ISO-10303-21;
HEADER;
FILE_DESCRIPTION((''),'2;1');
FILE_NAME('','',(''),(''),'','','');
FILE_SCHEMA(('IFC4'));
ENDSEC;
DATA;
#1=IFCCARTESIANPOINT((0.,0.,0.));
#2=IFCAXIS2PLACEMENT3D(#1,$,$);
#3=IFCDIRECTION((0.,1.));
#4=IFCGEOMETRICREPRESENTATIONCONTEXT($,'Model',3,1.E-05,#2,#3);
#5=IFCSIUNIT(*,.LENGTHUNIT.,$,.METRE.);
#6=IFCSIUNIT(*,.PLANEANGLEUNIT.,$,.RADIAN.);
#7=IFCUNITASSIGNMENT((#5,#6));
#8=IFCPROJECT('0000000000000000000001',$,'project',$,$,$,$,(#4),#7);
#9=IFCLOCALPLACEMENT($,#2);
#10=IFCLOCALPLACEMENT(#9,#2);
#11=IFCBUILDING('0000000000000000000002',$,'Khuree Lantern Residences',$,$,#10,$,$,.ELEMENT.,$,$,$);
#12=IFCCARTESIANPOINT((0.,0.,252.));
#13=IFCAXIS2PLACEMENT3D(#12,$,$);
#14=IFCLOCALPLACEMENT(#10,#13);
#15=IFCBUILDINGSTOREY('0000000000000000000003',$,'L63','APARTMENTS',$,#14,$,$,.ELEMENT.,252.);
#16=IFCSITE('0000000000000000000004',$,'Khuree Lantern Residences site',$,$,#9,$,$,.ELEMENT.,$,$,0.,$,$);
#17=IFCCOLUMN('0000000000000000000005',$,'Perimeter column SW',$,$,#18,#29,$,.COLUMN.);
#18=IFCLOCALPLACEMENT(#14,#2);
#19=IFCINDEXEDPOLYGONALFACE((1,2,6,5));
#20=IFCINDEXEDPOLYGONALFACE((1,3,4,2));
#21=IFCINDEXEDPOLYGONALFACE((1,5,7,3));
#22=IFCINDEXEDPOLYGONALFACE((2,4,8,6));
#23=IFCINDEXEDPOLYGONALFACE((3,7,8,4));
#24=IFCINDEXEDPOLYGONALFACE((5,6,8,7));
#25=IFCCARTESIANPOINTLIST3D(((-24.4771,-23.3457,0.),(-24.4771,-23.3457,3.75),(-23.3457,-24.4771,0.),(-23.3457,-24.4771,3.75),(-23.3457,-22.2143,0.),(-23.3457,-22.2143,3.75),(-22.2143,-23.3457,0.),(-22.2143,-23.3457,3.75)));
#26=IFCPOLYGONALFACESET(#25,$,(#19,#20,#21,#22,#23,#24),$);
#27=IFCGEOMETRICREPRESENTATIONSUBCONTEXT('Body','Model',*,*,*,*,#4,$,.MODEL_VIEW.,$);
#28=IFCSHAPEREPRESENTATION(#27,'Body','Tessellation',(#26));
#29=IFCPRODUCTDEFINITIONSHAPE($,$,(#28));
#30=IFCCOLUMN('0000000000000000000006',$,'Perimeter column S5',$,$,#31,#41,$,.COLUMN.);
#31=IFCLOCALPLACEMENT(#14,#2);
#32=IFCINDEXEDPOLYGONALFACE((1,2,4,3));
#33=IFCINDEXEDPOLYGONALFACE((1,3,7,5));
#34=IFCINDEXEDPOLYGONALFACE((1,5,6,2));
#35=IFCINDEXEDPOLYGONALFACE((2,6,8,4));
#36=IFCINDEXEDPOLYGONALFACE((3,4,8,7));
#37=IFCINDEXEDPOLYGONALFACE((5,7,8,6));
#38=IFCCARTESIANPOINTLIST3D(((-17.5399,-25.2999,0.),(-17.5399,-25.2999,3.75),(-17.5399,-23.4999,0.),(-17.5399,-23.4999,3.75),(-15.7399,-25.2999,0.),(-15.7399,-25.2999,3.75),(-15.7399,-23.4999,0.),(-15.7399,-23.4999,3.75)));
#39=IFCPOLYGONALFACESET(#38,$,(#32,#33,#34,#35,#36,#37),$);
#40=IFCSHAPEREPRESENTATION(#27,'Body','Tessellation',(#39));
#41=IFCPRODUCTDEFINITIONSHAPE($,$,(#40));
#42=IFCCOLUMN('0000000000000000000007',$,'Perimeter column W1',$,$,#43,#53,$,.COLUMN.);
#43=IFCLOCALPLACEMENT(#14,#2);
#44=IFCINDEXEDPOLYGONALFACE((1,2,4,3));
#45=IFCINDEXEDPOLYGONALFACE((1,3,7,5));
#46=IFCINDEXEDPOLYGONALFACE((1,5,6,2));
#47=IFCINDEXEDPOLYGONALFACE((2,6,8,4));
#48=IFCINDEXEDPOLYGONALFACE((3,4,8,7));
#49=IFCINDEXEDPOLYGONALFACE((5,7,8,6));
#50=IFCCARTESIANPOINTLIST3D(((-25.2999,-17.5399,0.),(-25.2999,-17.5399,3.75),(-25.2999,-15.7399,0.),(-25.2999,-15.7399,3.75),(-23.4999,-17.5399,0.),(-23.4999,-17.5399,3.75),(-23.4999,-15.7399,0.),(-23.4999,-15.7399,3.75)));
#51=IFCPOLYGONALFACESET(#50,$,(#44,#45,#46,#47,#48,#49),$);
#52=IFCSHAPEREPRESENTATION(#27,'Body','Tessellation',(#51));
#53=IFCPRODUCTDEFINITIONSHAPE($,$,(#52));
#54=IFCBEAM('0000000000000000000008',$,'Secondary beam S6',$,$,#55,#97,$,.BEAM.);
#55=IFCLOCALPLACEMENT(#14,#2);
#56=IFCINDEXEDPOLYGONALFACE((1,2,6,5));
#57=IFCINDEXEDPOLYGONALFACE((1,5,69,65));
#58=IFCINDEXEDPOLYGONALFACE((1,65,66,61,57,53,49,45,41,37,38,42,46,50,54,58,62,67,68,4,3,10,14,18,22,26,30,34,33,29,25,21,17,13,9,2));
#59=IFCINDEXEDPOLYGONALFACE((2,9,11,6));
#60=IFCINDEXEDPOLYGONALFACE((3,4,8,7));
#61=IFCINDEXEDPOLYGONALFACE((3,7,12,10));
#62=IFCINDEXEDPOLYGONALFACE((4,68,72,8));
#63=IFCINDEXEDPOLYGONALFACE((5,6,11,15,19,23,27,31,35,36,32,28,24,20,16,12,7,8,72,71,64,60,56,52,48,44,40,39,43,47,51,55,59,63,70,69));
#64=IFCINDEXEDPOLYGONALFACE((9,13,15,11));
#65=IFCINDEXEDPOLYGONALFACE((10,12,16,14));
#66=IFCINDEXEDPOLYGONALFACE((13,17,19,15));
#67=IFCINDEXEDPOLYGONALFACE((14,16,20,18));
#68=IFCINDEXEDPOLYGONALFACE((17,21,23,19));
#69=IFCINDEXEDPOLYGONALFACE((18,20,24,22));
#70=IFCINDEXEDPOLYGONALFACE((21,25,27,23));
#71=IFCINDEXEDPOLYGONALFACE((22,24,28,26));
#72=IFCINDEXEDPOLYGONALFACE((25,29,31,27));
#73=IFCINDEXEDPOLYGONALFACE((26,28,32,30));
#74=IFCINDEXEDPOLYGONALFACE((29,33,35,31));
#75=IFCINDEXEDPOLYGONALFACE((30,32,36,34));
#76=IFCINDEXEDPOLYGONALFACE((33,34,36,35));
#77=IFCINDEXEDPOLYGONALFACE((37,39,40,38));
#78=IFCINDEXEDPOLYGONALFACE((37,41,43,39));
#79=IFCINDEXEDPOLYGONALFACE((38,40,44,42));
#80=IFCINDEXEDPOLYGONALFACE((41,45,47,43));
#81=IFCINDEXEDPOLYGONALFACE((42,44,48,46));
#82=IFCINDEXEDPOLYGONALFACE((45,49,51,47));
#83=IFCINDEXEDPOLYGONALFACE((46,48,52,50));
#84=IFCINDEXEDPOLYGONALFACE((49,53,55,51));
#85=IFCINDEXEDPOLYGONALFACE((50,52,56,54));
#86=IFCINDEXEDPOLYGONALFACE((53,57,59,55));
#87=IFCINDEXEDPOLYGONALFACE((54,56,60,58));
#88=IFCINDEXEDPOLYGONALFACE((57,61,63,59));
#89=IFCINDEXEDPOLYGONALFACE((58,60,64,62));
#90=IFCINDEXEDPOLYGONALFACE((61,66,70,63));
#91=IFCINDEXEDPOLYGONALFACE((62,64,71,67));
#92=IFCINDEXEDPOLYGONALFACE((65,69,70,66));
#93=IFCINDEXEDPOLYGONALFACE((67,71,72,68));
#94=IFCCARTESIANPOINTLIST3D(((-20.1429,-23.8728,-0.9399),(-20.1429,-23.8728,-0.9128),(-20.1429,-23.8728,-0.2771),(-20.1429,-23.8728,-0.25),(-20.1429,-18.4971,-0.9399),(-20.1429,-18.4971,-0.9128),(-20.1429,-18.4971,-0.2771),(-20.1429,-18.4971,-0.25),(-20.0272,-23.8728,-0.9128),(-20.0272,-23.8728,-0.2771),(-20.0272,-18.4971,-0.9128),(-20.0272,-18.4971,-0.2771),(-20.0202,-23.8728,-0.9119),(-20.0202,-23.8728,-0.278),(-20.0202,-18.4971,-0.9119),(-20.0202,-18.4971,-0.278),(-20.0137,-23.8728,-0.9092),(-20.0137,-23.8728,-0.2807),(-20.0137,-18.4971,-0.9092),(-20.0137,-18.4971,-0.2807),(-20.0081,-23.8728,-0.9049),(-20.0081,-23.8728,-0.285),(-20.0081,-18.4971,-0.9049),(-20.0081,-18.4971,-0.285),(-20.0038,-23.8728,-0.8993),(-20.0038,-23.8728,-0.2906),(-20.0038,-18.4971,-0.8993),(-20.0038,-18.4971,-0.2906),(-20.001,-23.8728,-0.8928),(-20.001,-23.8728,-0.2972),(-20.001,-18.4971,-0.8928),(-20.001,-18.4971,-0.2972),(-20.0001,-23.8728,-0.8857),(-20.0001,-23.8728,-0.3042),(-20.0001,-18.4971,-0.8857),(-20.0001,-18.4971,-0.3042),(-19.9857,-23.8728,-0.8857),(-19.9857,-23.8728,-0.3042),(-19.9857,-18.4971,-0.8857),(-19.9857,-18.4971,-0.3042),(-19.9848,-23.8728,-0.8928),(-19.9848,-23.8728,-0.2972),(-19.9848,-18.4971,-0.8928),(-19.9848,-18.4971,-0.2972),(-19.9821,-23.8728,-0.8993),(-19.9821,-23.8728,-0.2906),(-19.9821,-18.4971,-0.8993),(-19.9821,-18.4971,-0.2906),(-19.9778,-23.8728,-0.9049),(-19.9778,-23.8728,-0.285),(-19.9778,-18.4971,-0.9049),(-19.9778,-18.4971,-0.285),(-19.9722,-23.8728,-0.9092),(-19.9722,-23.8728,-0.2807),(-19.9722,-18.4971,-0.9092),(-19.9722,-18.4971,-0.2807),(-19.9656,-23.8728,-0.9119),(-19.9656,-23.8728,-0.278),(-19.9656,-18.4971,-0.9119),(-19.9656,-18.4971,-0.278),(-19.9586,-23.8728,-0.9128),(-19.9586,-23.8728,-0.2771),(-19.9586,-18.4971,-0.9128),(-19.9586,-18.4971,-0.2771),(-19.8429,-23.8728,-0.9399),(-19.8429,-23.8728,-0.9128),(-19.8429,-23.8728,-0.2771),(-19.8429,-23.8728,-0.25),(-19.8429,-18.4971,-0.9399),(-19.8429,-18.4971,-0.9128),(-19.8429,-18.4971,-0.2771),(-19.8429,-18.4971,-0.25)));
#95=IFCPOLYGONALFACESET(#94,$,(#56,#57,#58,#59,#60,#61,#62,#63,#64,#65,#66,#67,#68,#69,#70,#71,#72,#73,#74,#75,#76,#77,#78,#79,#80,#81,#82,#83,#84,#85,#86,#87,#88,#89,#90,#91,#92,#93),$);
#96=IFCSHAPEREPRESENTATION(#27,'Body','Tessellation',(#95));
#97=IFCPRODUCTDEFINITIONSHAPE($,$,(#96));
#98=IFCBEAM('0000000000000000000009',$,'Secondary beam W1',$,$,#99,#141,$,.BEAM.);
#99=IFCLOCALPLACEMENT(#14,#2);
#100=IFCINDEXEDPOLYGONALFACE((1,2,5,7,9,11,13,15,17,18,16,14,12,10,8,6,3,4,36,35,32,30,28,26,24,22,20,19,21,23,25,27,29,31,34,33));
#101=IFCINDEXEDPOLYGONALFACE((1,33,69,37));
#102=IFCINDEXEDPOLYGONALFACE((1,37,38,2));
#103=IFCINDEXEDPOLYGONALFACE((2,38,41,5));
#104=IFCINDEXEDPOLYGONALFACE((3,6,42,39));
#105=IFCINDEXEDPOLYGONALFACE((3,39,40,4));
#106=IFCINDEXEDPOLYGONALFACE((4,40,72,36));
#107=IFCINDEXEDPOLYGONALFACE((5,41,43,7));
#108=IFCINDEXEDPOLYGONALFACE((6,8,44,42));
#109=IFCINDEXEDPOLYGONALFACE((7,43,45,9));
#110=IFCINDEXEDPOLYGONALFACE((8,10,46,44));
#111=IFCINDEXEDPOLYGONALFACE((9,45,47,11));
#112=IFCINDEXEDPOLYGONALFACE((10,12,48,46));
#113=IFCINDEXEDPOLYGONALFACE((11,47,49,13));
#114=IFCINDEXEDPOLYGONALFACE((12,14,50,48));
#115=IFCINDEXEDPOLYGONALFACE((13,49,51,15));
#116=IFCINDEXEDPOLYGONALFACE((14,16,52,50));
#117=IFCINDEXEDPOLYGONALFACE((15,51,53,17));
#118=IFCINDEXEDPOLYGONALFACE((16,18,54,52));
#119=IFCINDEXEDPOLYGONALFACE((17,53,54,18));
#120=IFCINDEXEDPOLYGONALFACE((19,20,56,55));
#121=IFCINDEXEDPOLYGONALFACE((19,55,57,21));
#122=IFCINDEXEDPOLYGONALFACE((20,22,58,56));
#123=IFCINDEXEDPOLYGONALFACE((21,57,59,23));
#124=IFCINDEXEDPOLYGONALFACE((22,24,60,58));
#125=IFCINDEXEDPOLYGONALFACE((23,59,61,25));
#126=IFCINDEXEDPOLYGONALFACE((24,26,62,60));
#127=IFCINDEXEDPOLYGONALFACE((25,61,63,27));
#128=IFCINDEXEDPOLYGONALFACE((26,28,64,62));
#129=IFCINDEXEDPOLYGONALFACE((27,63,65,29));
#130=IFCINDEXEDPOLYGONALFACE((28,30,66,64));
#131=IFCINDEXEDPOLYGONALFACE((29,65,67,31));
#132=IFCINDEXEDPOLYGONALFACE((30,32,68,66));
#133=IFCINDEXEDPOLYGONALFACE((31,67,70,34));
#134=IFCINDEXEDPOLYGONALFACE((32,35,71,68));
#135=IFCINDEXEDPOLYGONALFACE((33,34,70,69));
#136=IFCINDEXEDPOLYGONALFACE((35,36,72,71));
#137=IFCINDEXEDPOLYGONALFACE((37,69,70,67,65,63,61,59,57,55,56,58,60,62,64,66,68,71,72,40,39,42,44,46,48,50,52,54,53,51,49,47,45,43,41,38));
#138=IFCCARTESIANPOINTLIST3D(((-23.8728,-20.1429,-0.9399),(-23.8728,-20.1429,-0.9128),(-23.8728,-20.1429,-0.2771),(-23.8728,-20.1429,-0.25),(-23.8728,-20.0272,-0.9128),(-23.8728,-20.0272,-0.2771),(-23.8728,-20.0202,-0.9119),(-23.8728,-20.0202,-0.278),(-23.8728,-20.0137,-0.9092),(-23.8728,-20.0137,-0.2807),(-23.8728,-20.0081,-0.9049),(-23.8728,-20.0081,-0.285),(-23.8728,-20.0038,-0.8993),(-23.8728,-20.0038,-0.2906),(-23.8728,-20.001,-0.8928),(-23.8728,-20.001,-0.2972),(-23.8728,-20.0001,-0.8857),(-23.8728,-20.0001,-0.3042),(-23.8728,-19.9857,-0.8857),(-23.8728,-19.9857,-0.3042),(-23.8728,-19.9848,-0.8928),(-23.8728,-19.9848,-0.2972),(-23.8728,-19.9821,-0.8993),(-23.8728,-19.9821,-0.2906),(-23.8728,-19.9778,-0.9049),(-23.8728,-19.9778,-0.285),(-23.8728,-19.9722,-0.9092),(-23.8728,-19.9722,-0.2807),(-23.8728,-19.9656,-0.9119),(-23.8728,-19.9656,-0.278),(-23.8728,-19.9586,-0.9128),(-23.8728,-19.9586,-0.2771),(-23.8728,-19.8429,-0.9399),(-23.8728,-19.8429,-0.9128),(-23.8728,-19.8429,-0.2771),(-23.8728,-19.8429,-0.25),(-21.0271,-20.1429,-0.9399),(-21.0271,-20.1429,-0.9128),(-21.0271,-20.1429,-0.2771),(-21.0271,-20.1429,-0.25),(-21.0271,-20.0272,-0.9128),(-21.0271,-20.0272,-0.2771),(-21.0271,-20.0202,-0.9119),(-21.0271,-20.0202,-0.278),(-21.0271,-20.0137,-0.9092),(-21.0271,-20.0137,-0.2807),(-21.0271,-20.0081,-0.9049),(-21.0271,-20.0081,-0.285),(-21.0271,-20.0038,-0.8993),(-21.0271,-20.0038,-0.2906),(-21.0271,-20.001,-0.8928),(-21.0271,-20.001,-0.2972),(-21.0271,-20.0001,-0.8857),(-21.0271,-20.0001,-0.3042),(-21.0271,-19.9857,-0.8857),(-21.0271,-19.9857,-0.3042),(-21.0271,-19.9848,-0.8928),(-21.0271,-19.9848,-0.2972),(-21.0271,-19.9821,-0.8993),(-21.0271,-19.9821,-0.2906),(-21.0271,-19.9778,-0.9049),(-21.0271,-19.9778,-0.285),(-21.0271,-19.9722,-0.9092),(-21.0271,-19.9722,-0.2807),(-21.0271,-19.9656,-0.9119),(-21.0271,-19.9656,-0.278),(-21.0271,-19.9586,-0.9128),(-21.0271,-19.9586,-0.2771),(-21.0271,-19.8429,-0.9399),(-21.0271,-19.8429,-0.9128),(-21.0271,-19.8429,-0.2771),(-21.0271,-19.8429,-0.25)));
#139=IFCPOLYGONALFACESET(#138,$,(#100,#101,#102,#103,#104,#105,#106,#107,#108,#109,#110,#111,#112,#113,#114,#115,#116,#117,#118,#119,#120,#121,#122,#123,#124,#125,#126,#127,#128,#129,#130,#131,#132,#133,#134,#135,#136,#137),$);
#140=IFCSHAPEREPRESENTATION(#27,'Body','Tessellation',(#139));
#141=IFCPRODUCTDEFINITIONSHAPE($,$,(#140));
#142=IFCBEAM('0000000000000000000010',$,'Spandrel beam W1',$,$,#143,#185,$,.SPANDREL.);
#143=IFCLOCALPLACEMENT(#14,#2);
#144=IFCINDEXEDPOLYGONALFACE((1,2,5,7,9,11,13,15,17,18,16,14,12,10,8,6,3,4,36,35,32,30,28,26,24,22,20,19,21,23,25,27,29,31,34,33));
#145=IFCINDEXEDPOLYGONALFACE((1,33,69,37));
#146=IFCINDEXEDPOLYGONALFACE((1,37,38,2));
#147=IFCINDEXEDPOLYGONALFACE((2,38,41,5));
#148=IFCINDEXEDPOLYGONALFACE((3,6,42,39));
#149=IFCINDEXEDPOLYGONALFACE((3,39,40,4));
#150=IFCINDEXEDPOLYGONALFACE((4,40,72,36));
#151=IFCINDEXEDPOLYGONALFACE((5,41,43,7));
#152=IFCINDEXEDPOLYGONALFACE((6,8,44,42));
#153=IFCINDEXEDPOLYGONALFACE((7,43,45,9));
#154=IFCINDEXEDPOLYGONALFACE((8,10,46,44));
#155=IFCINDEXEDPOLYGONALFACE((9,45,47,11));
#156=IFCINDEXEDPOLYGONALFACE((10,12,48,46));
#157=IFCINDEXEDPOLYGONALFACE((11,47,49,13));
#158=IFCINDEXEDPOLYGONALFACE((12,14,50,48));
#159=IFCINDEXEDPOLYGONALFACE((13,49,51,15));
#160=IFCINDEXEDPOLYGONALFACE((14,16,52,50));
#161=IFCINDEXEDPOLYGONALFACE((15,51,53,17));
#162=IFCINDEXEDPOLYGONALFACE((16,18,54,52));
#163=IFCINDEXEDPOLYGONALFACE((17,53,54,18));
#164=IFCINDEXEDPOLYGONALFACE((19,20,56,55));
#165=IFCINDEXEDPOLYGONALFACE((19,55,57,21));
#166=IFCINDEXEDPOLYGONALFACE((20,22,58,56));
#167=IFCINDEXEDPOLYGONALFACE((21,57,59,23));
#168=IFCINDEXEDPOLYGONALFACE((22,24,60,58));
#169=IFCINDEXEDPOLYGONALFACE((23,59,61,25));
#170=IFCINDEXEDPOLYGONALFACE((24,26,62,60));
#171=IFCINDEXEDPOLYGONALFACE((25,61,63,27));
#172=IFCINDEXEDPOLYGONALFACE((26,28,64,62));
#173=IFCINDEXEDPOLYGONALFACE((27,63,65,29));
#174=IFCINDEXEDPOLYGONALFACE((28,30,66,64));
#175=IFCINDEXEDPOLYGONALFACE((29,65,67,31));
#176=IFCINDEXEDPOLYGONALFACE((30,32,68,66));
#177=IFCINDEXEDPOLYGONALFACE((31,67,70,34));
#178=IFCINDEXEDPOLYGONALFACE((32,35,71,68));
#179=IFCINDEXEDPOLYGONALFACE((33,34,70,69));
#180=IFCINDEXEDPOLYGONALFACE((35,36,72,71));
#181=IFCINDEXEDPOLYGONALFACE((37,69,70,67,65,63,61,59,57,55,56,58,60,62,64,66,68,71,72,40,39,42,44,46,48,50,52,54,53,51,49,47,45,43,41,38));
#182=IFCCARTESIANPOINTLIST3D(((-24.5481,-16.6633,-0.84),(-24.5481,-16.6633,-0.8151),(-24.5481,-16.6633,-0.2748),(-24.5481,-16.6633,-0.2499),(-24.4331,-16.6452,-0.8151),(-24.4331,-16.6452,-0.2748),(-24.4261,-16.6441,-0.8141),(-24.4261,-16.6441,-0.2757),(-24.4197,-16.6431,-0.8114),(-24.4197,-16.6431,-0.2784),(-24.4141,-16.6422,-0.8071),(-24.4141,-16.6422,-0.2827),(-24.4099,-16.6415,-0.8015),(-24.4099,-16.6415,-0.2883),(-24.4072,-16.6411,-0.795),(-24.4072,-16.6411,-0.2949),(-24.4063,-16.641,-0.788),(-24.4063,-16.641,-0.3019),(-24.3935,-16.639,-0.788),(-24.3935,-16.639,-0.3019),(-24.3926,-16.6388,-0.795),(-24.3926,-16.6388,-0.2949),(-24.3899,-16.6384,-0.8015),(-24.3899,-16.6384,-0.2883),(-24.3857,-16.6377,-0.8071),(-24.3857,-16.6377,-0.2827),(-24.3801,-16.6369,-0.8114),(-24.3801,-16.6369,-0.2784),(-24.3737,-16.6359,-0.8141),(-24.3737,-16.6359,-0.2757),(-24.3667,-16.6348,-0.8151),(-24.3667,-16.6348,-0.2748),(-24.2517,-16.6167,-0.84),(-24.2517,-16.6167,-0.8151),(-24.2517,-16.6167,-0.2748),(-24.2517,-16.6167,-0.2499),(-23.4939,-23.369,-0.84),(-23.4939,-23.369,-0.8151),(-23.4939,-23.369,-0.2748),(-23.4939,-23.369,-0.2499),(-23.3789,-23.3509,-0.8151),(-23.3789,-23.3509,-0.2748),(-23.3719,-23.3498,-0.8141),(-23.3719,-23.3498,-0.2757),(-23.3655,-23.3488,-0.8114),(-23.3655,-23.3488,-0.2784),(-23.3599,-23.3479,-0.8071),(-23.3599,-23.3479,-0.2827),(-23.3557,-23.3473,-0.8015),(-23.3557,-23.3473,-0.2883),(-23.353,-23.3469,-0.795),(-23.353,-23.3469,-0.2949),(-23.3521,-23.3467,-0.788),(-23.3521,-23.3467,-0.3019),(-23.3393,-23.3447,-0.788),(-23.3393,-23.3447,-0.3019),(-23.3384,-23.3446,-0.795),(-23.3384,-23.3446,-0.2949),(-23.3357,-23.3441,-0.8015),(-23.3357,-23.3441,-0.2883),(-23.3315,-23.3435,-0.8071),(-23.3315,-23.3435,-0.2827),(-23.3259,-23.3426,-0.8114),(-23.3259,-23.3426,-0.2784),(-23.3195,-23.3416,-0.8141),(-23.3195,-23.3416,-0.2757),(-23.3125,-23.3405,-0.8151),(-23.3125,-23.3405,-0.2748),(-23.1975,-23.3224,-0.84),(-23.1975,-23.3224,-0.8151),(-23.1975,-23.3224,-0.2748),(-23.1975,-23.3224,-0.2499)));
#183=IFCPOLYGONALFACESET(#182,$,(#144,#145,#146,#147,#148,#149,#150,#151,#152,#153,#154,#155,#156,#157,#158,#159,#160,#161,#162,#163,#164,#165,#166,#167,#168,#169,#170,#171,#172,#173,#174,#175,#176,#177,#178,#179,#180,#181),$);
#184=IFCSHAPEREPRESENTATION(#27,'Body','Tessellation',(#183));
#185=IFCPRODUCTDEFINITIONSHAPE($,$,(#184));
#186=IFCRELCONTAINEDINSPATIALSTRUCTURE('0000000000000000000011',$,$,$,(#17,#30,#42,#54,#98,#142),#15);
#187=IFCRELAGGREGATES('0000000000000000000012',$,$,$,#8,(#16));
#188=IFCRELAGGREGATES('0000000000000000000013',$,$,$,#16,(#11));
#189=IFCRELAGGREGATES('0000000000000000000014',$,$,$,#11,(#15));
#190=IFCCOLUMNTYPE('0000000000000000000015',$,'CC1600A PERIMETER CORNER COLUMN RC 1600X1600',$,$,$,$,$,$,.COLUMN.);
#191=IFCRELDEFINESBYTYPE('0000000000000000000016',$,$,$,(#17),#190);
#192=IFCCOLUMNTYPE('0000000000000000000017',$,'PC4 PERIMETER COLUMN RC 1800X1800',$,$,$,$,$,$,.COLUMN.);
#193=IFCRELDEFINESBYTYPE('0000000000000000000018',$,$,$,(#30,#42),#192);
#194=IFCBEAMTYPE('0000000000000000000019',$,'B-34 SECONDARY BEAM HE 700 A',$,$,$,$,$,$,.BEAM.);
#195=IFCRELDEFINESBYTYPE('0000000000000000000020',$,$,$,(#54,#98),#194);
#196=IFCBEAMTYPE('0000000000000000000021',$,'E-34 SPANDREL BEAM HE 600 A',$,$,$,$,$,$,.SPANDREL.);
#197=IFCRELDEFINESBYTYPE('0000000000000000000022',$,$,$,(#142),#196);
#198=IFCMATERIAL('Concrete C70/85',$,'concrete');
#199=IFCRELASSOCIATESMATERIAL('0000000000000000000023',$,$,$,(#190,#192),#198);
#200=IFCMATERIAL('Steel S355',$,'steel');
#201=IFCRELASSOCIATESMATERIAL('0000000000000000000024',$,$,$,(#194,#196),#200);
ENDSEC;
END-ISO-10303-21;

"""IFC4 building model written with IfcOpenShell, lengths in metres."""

from ifc_helpers import new_model, si_unit, direction, frame, origin, origin_2d, place, context, subcontext, project, spatial, rectangle, i_section, extrude, material, material_profile, profile_set, type_object, element, save


model = new_model("IFC4")

# Units and contexts
model_context = context("Model", 3, precision=1e-05, world=origin(), true_north=direction((0.0, 1.0)))
body_context = subcontext(model_context, "Body", "Model", "MODEL_VIEW")
ifc_project = project(units=[si_unit("LENGTHUNIT", "METRE"), si_unit("PLANEANGLEUNIT", "RADIAN")], contexts=[model_context])

# Site, building, storey
site_placement = place(None, origin())
site = spatial("IfcSite", under=ifc_project, at=site_placement, Name="Khuree Lantern Residences site", CompositionType="ELEMENT", RefElevation=0.0)
building_placement = place(site_placement, origin())
building = spatial("IfcBuilding", under=site, at=building_placement, Name="Khuree Lantern Residences", CompositionType="ELEMENT")
storey_placement = place(building_placement, frame((0.0, 0.0, 252.0)))
storey = spatial("IfcBuildingStorey", under=building, at=storey_placement, Name="L63", Description="APARTMENTS", CompositionType="ELEMENT", Elevation=252.0)

# Columns
ifc_material_1 = material(Name="Concrete C70/85", Category="concrete")
ifc_material_profile_1 = material_profile(ifc_material_1, rectangle(XDim=1.6001, YDim=1.6001, at=origin_2d()), Name="RC 1600X1600")
ifc_profile_set_1 = profile_set([ifc_material_profile_1], Name="Concrete C70/85")
column_type_1 = type_object("IfcColumnType", Name="CC1600A PERIMETER CORNER COLUMN RC 1600X1600", PredefinedType="COLUMN", material=ifc_profile_set_1)
column_placement = place(storey_placement, frame((-23.3457, -23.3457, 0.0), z_axis=(0.0, 0.0, 1.0), x_axis=(0.707107, -0.707107, 0.0)))
element("IfcColumn", 1, at=column_placement, inside=storey, type_object=column_type_1, Name="Perimeter column SW", PredefinedType="COLUMN", context=body_context, shape_type="SweptSolid", body=[
    extrude(rectangle(XDim=1.6001, YDim=1.6001, at=origin_2d()), origin(), (0.0, 0.0, 1.0), 3.75),
])
ifc_material_profile_2 = material_profile(ifc_material_1, rectangle(XDim=1.8, YDim=1.8, at=origin_2d()), Name="RC 1800X1800")
ifc_profile_set_2 = profile_set([ifc_material_profile_2], Name="Concrete C70/85")
column_type_2 = type_object("IfcColumnType", Name="PC4 PERIMETER COLUMN RC 1800X1800", PredefinedType="COLUMN", material=ifc_profile_set_2)
for number, where, z_axis, x_axis, name in (
    (2, (-16.6399, -24.3999, 0.0), (0.0, 0.0, 1.0), (1.0, 0.0, 0.0), "Perimeter column S5"),
    (3, (-24.3999, -16.6399, 0.0), (0.0, 0.0, 1.0), (0.0, 1.0, 0.0), "Perimeter column W1"),
):
    element("IfcColumn", number, at=place(storey_placement, frame(where, z_axis=z_axis, x_axis=x_axis)), inside=storey, type_object=column_type_2, Name=name, PredefinedType="COLUMN", context=body_context, shape_type="SweptSolid", body=[
        extrude(rectangle(XDim=1.8, YDim=1.8, at=origin_2d()), origin(), (0.0, 0.0, 1.0), 3.75),
    ])

# Beams
ifc_material_2 = material(Name="Steel S355", Category="steel")
ifc_material_profile_3 = material_profile(ifc_material_2, i_section(OverallWidth=0.3, OverallDepth=0.6899, WebThickness=0.0144, FlangeThickness=0.0271, FilletRadius=0.0271, at=origin_2d()), Name="HE 700 A")
ifc_profile_set_3 = profile_set([ifc_material_profile_3], Name="Steel S355")
beam_type_1 = type_object("IfcBeamType", Name="B-34 SECONDARY BEAM HE 700 A", PredefinedType="BEAM", material=ifc_profile_set_3)
beam_1_placement = place(storey_placement, frame((-19.9929, -23.8728, -0.595), z_axis=(0.0, 1.0, 0.0), x_axis=(-1.0, 0.0, 0.0)))
element("IfcBeam", 4, at=beam_1_placement, inside=storey, type_object=beam_type_1, Name="Secondary beam S6", PredefinedType="BEAM", context=body_context, shape_type="SweptSolid", body=[
    extrude(i_section(OverallWidth=0.3, OverallDepth=0.6899, WebThickness=0.0144, FlangeThickness=0.0271, FilletRadius=0.0271, at=origin_2d()), origin(), (0.0, 0.0, 1.0), 5.3757),
])
beam_2_placement = place(storey_placement, frame((-23.8728, -19.9929, -0.595), z_axis=(1.0, 0.0, 0.0), x_axis=(0.0, 1.0, 0.0)))
element("IfcBeam", 5, at=beam_2_placement, inside=storey, type_object=beam_type_1, Name="Secondary beam W1", PredefinedType="BEAM", context=body_context, shape_type="SweptSolid", body=[
    extrude(i_section(OverallWidth=0.3, OverallDepth=0.6899, WebThickness=0.0144, FlangeThickness=0.0271, FilletRadius=0.0271, at=origin_2d()), origin(), (0.0, 0.0, 1.0), 2.8457),
])
ifc_material_profile_4 = material_profile(ifc_material_2, i_section(OverallWidth=0.3, OverallDepth=0.5901, WebThickness=0.0129, FlangeThickness=0.0249, FilletRadius=0.0271, at=origin_2d()), Name="HE 600 A")
ifc_profile_set_4 = profile_set([ifc_material_profile_4], Name="Steel S355")
beam_type_2 = type_object("IfcBeamType", Name="E-34 SPANDREL BEAM HE 600 A", PredefinedType="SPANDREL", material=ifc_profile_set_4)
beam_3_placement = place(storey_placement, frame((-23.3457, -23.3457, -0.5449), z_axis=(-0.1553, 0.987867, 0.0), x_axis=(-0.987867, -0.1553, 0.0)))
element("IfcBeam", 6, at=beam_3_placement, inside=storey, type_object=beam_type_2, Name="Spandrel beam W1", PredefinedType="SPANDREL", context=body_context, shape_type="SweptSolid", body=[
    extrude(i_section(OverallWidth=0.3, OverallDepth=0.5901, WebThickness=0.0129, FlangeThickness=0.0249, FilletRadius=0.0271, at=origin_2d()), origin(), (0.0, 0.0, 1.0), 6.7881),
])

save(model, "model.ifc")
